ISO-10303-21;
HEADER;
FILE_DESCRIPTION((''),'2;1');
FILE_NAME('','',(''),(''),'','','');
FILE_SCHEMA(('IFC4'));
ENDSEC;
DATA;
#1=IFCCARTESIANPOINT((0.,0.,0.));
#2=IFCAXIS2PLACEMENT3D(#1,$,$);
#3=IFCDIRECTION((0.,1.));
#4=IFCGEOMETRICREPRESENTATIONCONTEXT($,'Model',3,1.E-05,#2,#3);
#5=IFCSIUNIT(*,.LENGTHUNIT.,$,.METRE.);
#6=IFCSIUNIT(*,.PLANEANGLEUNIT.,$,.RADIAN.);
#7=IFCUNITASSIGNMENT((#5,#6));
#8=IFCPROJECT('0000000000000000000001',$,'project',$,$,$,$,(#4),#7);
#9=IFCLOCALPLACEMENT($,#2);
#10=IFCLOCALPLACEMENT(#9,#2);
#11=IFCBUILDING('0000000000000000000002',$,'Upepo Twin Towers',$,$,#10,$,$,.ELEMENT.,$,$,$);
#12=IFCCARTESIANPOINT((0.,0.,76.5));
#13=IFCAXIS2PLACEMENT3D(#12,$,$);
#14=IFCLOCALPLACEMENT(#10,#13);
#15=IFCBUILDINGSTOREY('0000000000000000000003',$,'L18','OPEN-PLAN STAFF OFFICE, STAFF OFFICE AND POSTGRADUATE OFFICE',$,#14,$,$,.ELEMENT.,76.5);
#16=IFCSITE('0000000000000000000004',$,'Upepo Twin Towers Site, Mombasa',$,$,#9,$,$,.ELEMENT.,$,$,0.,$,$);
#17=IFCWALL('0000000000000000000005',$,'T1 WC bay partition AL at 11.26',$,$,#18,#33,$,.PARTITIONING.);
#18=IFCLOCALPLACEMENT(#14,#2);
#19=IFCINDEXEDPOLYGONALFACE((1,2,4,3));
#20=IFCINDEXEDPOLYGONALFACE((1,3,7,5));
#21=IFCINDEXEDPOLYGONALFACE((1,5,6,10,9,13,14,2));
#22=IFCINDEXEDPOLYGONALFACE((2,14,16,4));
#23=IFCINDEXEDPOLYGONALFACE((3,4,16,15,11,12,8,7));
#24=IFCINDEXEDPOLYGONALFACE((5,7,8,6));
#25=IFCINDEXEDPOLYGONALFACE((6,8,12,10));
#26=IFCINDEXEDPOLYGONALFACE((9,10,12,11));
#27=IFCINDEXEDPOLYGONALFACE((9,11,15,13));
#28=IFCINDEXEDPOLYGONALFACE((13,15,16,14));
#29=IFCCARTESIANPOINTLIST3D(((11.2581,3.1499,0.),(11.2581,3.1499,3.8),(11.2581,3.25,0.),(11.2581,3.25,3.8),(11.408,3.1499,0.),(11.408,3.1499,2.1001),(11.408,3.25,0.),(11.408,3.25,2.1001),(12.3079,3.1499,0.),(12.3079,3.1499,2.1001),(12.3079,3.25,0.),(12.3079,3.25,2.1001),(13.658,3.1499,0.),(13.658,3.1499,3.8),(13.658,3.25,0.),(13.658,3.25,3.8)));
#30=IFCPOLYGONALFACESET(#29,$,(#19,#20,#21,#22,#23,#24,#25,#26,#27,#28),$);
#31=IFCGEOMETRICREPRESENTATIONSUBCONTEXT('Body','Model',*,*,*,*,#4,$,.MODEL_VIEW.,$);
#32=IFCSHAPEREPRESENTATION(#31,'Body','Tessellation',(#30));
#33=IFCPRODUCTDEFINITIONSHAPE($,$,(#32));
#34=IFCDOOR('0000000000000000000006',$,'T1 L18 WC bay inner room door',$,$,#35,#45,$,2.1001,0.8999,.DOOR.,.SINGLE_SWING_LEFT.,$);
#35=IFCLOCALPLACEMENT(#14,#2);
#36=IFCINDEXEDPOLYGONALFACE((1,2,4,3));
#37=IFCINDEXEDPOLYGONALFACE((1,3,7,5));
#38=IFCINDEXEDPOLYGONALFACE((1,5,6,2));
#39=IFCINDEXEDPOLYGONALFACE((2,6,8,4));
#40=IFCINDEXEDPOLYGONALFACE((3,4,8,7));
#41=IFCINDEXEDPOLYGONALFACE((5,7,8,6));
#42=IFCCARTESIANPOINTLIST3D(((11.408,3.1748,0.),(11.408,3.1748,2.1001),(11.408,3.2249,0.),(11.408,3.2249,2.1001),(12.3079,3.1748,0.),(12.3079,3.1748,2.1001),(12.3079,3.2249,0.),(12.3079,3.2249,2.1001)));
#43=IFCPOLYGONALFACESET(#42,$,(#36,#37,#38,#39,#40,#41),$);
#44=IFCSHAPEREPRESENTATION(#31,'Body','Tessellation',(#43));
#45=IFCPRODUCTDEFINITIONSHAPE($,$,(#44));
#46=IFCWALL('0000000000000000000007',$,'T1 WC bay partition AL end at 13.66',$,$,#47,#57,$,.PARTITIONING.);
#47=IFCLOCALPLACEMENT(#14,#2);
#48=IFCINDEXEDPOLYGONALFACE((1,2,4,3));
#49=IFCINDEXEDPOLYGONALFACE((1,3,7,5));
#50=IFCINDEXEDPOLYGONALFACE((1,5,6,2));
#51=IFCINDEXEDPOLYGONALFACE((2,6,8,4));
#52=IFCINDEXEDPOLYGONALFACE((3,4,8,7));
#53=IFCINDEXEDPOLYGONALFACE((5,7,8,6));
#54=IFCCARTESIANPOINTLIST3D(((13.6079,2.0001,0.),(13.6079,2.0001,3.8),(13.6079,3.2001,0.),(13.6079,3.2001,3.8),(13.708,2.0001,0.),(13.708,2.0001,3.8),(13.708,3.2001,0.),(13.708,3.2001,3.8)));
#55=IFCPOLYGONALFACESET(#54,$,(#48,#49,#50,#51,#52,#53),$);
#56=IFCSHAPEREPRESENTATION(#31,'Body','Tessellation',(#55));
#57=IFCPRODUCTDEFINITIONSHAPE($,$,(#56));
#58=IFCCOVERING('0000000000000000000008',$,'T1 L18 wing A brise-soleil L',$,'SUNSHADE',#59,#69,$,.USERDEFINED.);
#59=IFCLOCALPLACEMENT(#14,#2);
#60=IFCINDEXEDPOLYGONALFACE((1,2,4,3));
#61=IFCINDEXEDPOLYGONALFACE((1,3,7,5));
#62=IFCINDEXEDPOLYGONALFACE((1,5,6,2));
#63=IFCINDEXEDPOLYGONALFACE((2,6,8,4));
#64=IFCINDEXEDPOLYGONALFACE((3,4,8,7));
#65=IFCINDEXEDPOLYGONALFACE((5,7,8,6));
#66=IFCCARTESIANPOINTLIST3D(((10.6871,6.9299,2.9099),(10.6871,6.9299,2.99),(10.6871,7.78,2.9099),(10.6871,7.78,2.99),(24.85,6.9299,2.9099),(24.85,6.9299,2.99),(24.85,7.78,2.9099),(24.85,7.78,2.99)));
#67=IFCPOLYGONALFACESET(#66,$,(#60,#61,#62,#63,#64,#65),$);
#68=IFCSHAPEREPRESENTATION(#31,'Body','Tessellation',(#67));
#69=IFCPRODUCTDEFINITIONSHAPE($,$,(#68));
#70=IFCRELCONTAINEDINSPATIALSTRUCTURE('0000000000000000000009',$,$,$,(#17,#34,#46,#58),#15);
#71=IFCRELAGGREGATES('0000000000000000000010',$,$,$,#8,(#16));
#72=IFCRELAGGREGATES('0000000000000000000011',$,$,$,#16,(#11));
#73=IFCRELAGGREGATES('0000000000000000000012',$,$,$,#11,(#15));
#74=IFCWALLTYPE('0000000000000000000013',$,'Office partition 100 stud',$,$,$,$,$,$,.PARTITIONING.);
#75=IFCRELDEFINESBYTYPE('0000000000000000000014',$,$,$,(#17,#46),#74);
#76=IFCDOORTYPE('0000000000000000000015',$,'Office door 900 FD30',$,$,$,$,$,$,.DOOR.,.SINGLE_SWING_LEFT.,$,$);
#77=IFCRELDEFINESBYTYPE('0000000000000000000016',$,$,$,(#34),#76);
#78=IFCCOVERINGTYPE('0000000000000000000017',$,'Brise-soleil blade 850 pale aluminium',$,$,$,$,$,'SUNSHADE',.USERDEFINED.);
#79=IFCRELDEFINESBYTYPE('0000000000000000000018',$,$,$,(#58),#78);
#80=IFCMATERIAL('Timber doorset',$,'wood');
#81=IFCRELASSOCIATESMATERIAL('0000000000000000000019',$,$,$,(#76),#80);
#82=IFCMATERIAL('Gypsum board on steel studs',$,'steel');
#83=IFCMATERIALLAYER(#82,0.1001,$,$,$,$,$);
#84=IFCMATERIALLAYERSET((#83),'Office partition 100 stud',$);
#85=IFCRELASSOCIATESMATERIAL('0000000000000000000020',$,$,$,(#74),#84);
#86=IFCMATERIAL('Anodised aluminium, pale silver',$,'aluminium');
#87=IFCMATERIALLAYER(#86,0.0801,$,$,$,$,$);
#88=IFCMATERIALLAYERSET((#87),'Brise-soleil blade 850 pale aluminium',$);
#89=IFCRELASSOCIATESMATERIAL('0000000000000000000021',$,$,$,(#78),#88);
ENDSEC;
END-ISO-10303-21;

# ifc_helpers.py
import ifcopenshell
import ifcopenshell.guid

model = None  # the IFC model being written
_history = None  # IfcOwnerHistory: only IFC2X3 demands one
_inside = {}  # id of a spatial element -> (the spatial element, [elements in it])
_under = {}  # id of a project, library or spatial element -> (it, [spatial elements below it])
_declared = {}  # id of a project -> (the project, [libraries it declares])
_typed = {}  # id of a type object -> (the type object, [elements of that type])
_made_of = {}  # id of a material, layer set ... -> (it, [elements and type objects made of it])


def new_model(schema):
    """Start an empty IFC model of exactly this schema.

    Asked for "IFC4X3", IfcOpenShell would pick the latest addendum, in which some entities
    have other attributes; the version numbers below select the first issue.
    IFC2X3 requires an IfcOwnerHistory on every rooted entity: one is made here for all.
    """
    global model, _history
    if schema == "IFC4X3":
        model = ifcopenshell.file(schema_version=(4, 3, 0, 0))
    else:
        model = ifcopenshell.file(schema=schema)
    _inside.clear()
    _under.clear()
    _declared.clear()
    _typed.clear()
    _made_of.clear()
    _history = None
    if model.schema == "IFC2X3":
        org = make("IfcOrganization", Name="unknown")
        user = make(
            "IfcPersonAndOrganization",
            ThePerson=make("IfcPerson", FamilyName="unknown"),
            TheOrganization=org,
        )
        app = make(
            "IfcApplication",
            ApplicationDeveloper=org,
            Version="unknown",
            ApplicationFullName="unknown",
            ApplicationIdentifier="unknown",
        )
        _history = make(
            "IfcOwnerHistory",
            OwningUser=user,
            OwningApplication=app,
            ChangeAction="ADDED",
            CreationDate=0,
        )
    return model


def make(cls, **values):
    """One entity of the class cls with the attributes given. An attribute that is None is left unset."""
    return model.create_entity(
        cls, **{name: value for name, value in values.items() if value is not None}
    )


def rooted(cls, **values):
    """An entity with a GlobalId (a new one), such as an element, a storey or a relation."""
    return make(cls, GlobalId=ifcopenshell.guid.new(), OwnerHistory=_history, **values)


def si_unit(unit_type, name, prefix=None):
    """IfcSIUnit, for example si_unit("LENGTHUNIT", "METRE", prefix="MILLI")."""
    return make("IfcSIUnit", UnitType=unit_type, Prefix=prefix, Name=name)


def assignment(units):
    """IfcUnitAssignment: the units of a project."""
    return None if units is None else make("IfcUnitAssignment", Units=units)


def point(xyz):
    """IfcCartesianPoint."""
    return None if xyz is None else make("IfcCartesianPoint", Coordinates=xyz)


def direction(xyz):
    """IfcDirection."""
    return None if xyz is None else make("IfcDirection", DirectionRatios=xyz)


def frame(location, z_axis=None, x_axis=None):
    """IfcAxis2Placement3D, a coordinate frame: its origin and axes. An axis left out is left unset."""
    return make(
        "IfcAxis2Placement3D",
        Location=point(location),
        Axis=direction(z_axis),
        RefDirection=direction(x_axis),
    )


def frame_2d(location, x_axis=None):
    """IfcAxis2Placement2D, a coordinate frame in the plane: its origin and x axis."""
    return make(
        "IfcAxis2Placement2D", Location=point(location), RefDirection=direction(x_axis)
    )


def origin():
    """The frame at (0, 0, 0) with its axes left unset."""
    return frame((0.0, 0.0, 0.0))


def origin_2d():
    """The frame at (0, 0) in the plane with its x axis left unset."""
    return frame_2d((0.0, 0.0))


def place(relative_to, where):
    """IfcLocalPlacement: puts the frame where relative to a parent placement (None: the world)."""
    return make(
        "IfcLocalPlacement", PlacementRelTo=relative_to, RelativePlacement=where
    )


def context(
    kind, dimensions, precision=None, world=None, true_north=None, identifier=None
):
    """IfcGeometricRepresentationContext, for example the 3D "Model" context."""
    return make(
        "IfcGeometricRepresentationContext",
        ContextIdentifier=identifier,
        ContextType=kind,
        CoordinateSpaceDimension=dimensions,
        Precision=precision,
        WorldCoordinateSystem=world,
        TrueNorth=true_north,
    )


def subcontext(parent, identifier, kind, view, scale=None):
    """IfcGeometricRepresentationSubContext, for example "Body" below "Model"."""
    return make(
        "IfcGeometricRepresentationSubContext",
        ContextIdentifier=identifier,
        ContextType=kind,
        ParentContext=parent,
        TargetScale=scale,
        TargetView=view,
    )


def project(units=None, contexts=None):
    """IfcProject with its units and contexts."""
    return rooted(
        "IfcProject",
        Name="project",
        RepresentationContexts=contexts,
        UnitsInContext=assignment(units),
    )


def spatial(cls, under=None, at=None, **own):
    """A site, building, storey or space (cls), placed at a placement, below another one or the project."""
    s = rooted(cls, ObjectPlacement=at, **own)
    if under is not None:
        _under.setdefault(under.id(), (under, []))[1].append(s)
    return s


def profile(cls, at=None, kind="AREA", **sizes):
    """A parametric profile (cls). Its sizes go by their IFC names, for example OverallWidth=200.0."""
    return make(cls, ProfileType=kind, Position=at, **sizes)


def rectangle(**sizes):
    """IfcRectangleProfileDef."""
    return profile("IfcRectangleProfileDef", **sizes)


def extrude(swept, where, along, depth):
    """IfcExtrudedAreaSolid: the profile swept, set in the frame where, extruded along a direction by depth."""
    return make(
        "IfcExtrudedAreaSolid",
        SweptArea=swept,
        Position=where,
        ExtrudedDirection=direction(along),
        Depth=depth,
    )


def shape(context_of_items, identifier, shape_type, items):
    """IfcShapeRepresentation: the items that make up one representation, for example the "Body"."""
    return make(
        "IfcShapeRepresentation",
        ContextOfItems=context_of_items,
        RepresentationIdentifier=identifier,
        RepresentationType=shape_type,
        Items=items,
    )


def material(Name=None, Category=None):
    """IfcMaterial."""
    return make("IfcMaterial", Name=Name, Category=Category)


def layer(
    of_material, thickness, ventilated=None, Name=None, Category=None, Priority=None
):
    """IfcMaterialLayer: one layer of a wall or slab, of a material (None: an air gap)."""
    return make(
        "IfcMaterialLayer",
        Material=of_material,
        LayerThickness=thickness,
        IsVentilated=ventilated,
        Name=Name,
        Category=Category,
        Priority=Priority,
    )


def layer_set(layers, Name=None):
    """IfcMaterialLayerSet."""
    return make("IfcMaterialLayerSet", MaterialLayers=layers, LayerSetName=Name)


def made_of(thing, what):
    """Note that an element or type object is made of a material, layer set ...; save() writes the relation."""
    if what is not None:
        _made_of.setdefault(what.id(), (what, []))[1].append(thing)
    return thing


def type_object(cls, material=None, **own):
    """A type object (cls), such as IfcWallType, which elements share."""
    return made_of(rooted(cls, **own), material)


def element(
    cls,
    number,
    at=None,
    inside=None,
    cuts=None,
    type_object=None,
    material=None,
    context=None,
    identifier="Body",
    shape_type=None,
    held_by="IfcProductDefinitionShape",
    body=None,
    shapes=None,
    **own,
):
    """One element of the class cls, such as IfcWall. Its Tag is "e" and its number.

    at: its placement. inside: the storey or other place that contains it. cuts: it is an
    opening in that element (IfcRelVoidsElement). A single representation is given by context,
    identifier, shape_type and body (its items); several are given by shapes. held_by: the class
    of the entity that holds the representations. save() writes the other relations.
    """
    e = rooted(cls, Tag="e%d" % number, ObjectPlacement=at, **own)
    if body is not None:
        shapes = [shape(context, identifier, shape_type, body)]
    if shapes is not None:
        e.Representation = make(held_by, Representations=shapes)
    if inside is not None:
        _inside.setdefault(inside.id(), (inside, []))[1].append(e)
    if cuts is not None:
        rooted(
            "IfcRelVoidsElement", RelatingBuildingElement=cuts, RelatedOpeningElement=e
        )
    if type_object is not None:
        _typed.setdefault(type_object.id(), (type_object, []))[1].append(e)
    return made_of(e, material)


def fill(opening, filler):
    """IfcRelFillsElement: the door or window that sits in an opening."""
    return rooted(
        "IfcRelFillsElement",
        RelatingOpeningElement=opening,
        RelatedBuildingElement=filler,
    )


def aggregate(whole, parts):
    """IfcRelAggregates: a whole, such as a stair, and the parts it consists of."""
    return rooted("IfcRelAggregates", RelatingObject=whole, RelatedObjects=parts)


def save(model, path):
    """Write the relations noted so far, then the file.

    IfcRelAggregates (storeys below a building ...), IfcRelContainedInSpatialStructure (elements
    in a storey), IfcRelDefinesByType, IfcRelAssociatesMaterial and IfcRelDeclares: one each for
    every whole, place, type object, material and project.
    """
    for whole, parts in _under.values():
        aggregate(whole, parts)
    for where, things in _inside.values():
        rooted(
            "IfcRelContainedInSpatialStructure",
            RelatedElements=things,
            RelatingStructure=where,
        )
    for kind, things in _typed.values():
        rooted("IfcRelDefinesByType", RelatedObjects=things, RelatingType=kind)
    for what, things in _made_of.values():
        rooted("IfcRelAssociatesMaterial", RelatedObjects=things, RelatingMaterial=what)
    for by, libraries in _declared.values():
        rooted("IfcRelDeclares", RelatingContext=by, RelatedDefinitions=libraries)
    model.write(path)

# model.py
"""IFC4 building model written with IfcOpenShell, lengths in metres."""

from ifc_helpers import new_model, si_unit, direction, frame, frame_2d, origin, origin_2d, place, context, subcontext, project, spatial, rectangle, extrude, material, layer, layer_set, type_object, element, fill, save


model = new_model("IFC4")

# Units and contexts
model_context = context("Model", 3, precision=1e-05, world=origin(), true_north=direction((0.0, 1.0)))
body_context = subcontext(model_context, "Body", "Model", "MODEL_VIEW")
ifc_project = project(units=[si_unit("LENGTHUNIT", "METRE"), si_unit("PLANEANGLEUNIT", "RADIAN")], contexts=[model_context])

# Site, building, storey
site_placement = place(None, origin())
site = spatial("IfcSite", under=ifc_project, at=site_placement, Name="Upepo Twin Towers Site, Mombasa", CompositionType="ELEMENT", RefElevation=0.0)
building_placement = place(site_placement, origin())
building = spatial("IfcBuilding", under=site, at=building_placement, Name="Upepo Twin Towers", CompositionType="ELEMENT")
storey_placement = place(building_placement, frame((0.0, 0.0, 76.5)))
storey = spatial("IfcBuildingStorey", under=building, at=storey_placement, Name="L18", Description="OPEN-PLAN STAFF OFFICE, STAFF OFFICE AND POSTGRADUATE OFFICE", CompositionType="ELEMENT", Elevation=76.5)

# Shared definitions
ifc_material_1 = material(Name="Timber doorset", Category="wood")
door_type_1 = type_object("IfcDoorType", Name="Office door 900 FD30", OperationType="SINGLE_SWING_LEFT", PredefinedType="DOOR", material=ifc_material_1)

# Shared definitions
ifc_material_2 = material(Name="Gypsum board on steel studs", Category="steel")
ifc_layer_1 = layer(ifc_material_2, 0.1001)
ifc_layer_set_1 = layer_set([ifc_layer_1], Name="Office partition 100 stud")
wall_type_1 = type_object("IfcWallType", Name="Office partition 100 stud", PredefinedType="PARTITIONING", material=ifc_layer_set_1)

# Wall, opening, door
wall_1_placement = place(storey_placement, frame((11.2581, 3.2, 0.0), z_axis=(0.0, 0.0, 1.0), x_axis=(1.0, 0.0, 0.0)))
wall_1 = element("IfcWall", 1, at=wall_1_placement, inside=storey, type_object=wall_type_1, Name="T1 WC bay partition AL at 11.26", PredefinedType="PARTITIONING", context=body_context, shape_type="SweptSolid", body=[
    extrude(rectangle(XDim=2.3999, YDim=0.1001, at=frame_2d((1.2, 0.0))), origin(), (0.0, 0.0, 1.0), 3.8),
])
opening_1_placement = place(wall_1_placement, frame((0.1499, 0.0, 0.0)))
opening_1 = element("IfcOpeningElement", 2, at=opening_1_placement, cuts=wall_1, PredefinedType="OPENING", context=body_context, shape_type="SweptSolid", body=[
    extrude(rectangle(XDim=0.8999, YDim=2.1001, at=frame_2d((0.45, 1.05))), frame((0.0, 0.0601, 0.0), z_axis=(0.0, -1.0, 0.0), x_axis=(1.0, 0.0, 0.0)), (0.0, 0.0, 1.0), 0.1201),
])
door_1_placement = place(opening_1_placement, origin())
door_1 = element("IfcDoor", 3, at=door_1_placement, inside=storey, type_object=door_type_1, Name="T1 L18 WC bay inner room door", OperationType="SINGLE_SWING_LEFT", OverallHeight=2.1001, OverallWidth=0.8999, PredefinedType="DOOR", context=body_context, shape_type="SweptSolid", body=[
    extrude(rectangle(XDim=0.8999, YDim=2.1001, at=frame_2d((0.45, 1.05))), frame((0.0, 0.0249, 0.0), z_axis=(0.0, -1.0, 0.0), x_axis=(1.0, 0.0, 0.0)), (0.0, 0.0, 1.0), 0.05),
])
fill(opening_1, door_1)

# Wall
wall_2_placement = place(storey_placement, frame((13.658, 2.0, 0.0), z_axis=(0.0, 0.0, 1.0), x_axis=(0.0, 1.0, 0.0)))
element("IfcWall", 4, at=wall_2_placement, inside=storey, type_object=wall_type_1, Name="T1 WC bay partition AL end at 13.66", PredefinedType="PARTITIONING", context=body_context, shape_type="SweptSolid", body=[
    extrude(rectangle(XDim=1.2, YDim=0.1001, at=frame_2d((0.6001, 0.0))), origin(), (0.0, 0.0, 1.0), 3.8),
])

# Covering
ifc_material_3 = material(Name="Anodised aluminium, pale silver", Category="aluminium")
ifc_layer_2 = layer(ifc_material_3, 0.0801)
ifc_layer_set_2 = layer_set([ifc_layer_2], Name="Brise-soleil blade 850 pale aluminium")
covering_type = type_object("IfcCoveringType", Name="Brise-soleil blade 850 pale aluminium", ElementType="SUNSHADE", PredefinedType="USERDEFINED", material=ifc_layer_set_2)
covering_placement = place(storey_placement, frame((17.7686, 7.355, 2.9099), z_axis=(0.0, 0.0, 1.0), x_axis=(1.0, 0.0, 0.0)))
element("IfcCovering", 5, at=covering_placement, inside=storey, type_object=covering_type, Name="T1 L18 wing A brise-soleil L", ObjectType="SUNSHADE", PredefinedType="USERDEFINED", context=body_context, shape_type="SweptSolid", body=[
    extrude(rectangle(XDim=14.1628, YDim=0.8501, at=origin_2d()), origin(), (0.0, 0.0, 1.0), 0.0801),
])

save(model, "model.ifc")
